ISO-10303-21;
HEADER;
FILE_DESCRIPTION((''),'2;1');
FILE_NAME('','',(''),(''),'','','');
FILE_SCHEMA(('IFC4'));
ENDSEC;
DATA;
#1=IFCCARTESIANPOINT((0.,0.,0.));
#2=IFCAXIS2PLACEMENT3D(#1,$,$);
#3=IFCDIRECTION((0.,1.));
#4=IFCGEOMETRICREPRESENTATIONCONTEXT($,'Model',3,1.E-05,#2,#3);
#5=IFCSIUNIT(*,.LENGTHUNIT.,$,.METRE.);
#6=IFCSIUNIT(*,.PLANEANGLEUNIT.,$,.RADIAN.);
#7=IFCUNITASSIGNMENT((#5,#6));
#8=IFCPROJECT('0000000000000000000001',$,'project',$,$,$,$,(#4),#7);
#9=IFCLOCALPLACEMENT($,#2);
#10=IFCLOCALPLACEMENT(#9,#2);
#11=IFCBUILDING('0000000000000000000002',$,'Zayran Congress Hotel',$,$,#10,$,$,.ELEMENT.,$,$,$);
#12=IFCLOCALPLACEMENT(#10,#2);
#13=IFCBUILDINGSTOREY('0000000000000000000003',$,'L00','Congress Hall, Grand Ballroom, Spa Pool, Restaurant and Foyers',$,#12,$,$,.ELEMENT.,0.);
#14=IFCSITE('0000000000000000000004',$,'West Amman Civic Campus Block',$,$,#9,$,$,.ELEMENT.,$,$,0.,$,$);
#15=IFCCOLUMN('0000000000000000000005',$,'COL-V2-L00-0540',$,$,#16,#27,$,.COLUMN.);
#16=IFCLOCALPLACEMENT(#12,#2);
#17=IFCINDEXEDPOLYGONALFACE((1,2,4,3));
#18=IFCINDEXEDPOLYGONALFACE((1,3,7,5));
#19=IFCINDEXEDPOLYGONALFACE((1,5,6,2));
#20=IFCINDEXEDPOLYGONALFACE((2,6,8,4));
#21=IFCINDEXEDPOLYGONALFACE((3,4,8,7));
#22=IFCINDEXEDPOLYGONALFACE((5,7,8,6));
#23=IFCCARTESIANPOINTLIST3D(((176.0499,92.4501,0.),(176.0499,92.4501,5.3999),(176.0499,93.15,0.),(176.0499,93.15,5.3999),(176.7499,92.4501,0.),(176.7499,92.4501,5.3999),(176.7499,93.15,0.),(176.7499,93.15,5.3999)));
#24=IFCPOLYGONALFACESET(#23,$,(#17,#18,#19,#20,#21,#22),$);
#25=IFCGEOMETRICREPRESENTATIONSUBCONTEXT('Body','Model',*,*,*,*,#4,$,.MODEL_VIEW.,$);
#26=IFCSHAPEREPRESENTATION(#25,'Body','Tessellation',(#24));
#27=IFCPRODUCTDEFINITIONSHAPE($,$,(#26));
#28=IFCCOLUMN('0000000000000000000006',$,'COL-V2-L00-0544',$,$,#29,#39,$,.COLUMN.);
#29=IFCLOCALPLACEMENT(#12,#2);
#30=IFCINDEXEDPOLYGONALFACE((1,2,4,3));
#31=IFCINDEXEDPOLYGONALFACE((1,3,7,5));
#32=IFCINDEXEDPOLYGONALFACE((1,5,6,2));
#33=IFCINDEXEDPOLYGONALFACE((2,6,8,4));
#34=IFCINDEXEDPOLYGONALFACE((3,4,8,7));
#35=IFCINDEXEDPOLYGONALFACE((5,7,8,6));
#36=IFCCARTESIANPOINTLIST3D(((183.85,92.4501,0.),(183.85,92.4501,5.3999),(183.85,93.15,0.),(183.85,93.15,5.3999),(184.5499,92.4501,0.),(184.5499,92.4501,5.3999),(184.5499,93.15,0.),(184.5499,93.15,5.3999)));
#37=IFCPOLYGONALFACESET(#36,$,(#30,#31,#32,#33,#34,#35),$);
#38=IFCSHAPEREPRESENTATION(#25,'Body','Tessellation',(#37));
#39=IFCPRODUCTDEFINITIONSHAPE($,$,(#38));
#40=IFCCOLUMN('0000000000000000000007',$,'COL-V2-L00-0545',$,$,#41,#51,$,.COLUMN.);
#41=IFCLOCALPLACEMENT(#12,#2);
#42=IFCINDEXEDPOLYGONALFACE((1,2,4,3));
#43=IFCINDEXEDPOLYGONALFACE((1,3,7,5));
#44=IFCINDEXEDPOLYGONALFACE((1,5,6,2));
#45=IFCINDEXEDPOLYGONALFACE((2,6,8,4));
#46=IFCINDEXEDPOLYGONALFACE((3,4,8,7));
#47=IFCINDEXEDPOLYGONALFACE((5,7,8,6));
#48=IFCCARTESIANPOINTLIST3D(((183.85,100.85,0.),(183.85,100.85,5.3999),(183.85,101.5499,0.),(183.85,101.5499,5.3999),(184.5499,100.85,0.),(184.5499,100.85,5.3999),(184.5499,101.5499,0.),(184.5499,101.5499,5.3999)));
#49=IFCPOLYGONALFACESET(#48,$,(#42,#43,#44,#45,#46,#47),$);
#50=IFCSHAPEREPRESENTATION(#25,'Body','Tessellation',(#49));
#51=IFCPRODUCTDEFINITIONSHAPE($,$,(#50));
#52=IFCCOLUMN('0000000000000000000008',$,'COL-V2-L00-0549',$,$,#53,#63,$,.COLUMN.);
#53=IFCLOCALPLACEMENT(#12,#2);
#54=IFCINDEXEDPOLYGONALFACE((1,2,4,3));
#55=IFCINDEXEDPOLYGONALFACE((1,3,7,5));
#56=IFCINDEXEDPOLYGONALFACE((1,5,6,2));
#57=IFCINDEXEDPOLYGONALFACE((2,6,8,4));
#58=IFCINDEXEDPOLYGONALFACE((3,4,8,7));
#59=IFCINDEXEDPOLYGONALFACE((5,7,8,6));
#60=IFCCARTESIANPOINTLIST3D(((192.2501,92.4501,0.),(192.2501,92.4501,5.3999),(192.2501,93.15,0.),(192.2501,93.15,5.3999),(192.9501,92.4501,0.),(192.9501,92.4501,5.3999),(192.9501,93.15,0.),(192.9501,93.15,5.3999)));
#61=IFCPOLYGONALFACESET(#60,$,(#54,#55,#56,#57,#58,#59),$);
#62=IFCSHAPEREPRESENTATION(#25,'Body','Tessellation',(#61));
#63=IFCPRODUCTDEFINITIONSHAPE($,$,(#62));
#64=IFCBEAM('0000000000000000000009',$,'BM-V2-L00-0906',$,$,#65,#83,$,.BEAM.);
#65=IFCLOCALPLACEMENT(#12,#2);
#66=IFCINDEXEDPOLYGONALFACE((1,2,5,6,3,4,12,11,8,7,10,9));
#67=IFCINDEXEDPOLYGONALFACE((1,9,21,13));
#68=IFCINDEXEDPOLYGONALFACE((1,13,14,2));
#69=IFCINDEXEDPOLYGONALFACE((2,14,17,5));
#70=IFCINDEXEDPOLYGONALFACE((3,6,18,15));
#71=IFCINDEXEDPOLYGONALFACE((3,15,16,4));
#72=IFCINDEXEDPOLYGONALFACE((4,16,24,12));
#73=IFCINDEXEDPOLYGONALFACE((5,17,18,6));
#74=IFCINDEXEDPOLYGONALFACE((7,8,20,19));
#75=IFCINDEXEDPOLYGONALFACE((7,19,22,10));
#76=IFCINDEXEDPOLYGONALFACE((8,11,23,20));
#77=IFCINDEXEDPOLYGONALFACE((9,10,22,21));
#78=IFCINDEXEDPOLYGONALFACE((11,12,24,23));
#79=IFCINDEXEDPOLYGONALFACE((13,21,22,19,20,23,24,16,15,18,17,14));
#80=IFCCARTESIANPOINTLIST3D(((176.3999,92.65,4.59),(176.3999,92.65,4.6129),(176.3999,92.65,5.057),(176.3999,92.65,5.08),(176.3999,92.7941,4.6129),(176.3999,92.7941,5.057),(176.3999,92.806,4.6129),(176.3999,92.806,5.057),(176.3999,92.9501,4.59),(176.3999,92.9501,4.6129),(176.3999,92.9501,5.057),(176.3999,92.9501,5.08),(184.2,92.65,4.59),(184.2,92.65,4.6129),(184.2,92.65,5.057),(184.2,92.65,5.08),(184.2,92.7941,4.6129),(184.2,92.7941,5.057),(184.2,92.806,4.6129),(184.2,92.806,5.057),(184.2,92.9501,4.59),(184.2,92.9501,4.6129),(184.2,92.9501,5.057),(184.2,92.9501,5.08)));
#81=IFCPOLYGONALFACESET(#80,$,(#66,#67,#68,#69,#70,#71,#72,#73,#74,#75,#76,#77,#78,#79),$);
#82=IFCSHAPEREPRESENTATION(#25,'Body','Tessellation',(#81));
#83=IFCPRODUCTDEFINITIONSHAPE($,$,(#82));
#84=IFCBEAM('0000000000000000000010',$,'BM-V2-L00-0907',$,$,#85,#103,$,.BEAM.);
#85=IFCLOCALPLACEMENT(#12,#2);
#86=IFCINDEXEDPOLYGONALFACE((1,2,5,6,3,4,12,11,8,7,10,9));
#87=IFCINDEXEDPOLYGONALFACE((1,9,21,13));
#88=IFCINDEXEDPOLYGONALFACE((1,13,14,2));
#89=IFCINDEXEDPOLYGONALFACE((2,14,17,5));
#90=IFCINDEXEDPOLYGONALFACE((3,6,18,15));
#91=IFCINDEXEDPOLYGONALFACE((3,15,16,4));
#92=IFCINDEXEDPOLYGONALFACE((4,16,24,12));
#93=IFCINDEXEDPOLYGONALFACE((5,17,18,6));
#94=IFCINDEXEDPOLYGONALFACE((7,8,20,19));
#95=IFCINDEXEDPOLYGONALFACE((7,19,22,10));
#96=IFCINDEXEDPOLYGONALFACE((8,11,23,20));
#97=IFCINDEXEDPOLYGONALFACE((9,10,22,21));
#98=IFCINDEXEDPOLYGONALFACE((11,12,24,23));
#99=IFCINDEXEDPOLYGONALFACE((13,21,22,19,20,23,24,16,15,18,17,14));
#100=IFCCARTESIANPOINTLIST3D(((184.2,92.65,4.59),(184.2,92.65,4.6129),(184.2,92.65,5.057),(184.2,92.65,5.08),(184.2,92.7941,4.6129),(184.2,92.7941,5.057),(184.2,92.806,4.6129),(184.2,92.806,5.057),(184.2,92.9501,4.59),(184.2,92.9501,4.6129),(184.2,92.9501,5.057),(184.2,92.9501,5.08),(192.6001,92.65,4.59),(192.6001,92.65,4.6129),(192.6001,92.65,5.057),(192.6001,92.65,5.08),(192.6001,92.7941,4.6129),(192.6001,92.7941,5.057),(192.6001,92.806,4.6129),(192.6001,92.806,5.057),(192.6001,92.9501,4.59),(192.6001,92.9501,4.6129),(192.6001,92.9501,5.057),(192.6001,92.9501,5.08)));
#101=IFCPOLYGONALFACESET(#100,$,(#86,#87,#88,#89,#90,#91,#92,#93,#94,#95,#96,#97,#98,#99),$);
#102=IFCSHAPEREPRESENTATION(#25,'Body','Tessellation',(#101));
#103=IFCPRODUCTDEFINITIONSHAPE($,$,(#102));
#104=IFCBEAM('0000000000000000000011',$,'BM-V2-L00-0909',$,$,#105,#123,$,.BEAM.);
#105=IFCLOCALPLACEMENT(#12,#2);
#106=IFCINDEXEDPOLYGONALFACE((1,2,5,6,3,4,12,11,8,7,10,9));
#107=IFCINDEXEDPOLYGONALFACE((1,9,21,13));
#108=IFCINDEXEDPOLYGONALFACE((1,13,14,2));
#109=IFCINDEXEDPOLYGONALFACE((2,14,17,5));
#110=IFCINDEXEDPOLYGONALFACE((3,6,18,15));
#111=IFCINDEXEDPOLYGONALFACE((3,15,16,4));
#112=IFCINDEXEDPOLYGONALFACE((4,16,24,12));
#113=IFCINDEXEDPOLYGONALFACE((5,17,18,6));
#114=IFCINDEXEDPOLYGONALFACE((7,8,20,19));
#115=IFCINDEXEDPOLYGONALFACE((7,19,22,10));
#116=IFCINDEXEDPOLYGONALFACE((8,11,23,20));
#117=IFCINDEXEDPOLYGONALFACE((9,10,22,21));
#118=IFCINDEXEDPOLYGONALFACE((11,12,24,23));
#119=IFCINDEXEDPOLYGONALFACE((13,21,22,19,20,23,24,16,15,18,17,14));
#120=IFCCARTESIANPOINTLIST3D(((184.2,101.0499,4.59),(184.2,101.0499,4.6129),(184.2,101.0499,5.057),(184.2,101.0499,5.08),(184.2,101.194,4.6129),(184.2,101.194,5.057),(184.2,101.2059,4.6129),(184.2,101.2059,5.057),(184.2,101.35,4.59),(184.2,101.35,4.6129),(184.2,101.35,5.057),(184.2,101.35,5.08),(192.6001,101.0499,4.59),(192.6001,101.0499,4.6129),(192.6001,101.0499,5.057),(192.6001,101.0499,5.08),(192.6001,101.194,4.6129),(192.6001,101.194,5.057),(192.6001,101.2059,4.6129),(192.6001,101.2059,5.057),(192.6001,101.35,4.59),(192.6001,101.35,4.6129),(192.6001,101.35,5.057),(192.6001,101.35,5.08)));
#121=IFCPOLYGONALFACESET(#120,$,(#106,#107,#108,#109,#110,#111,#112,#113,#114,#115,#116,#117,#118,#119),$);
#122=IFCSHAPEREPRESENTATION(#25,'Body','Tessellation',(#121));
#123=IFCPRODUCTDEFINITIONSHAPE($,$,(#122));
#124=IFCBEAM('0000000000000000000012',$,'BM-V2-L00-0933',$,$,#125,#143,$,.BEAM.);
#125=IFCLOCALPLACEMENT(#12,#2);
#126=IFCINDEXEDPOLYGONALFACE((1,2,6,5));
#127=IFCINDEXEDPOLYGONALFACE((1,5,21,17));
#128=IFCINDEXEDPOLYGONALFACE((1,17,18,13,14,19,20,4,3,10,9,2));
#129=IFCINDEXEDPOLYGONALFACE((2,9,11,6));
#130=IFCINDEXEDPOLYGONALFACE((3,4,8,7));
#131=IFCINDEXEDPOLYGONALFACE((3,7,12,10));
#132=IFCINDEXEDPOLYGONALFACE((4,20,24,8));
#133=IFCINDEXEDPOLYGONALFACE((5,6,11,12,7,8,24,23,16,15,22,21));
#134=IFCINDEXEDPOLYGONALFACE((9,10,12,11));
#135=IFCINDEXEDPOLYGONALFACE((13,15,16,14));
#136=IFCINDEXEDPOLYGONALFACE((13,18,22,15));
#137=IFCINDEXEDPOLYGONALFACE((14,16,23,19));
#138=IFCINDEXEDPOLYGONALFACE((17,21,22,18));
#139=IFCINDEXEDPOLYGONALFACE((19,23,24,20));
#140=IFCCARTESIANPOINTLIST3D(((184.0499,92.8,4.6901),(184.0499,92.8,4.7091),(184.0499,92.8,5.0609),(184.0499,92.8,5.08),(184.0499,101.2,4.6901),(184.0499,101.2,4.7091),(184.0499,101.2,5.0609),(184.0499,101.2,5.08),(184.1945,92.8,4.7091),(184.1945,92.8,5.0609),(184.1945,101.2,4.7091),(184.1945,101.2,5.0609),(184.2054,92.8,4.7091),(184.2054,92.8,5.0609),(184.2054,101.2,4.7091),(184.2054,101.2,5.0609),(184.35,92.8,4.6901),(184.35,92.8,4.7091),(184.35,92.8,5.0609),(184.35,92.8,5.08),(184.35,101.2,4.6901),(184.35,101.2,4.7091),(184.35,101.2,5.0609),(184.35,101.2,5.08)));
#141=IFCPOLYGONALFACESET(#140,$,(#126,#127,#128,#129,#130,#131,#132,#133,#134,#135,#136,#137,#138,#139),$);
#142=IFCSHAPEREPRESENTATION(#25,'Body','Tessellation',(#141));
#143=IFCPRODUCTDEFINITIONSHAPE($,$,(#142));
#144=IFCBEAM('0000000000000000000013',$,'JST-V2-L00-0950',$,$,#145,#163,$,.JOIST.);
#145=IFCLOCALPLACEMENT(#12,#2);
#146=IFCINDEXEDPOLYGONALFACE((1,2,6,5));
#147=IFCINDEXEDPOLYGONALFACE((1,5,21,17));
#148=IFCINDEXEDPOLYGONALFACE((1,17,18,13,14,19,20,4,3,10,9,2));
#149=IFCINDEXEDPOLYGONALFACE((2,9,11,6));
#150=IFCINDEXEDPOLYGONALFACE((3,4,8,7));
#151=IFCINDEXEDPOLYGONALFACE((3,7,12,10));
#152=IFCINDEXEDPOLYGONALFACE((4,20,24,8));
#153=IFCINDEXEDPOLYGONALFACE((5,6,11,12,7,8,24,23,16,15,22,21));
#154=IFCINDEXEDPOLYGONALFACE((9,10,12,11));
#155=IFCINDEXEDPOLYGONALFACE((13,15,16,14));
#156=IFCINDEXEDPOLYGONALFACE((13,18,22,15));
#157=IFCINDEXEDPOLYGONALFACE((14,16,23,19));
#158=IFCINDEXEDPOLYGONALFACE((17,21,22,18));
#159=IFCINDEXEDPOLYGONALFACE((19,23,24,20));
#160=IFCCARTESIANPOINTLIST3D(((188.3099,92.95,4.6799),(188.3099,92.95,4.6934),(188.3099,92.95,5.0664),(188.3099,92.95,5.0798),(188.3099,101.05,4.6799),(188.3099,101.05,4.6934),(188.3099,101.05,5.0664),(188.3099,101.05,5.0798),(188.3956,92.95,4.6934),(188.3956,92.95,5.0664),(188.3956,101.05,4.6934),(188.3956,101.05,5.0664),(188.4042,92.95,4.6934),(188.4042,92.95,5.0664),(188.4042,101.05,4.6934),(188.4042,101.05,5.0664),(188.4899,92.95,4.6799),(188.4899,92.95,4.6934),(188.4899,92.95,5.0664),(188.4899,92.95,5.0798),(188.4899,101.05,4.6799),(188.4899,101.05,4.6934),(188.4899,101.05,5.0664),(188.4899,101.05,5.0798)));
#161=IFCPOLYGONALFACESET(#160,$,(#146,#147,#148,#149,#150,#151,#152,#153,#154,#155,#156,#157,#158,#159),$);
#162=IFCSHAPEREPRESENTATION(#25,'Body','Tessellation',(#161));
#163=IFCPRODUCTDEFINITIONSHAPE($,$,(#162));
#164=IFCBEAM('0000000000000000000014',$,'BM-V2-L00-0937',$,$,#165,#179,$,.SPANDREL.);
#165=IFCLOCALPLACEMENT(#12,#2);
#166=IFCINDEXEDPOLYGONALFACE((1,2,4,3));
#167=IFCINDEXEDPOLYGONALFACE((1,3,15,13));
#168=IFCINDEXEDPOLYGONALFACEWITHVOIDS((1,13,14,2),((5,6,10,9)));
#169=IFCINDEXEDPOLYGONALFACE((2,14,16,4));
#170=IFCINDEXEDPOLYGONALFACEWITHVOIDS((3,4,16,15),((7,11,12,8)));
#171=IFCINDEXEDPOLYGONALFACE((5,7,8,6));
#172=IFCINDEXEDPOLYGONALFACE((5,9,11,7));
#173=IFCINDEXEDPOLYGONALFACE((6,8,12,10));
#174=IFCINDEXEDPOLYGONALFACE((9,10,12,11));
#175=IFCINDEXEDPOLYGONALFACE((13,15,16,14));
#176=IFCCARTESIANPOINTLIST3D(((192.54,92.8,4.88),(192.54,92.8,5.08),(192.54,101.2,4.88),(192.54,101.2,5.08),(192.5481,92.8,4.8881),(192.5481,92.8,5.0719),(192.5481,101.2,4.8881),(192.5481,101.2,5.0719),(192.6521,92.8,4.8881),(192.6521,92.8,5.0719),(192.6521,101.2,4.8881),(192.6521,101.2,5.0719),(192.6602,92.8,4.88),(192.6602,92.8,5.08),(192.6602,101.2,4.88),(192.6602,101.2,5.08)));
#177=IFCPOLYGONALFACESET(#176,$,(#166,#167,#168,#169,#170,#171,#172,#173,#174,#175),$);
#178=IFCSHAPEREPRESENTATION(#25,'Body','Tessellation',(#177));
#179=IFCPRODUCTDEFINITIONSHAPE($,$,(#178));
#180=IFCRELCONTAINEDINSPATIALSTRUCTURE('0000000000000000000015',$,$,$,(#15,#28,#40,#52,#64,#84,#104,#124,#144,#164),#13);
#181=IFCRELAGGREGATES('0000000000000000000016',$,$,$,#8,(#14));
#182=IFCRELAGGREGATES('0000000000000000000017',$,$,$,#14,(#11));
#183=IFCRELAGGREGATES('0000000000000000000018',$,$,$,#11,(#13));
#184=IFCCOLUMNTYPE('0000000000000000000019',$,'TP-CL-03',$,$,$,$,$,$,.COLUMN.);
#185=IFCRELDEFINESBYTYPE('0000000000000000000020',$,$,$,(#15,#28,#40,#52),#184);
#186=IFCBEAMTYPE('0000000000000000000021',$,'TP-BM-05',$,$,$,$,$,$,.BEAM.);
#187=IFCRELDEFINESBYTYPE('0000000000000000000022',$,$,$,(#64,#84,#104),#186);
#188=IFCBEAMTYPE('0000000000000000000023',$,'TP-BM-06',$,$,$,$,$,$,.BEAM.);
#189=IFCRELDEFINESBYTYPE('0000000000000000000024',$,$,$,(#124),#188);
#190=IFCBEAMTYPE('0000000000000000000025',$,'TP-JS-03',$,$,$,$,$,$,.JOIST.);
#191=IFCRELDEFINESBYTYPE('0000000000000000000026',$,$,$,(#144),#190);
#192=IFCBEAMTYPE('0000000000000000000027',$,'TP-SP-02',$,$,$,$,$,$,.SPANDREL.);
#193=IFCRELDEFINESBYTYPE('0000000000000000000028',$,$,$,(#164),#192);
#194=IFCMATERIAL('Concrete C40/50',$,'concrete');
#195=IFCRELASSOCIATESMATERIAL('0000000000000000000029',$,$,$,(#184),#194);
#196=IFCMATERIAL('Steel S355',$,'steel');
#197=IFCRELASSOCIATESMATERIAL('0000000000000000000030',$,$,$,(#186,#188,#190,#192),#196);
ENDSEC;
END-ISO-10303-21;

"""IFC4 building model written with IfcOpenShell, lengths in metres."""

from ifc_helpers import new_model, si_unit, direction, frame, origin, origin_2d, place, context, subcontext, project, spatial, rectangle, hollow_rectangle, i_section, extrude, material, material_profile, profile_set, type_object, element, save


model = new_model("IFC4")

# Units and contexts
model_context = context("Model", 3, precision=1e-05, world=origin(), true_north=direction((0.0, 1.0)))
body_context = subcontext(model_context, "Body", "Model", "MODEL_VIEW")
ifc_project = project(units=[si_unit("LENGTHUNIT", "METRE"), si_unit("PLANEANGLEUNIT", "RADIAN")], contexts=[model_context])

# Site, building, storey
site_placement = place(None, origin())
site = spatial("IfcSite", under=ifc_project, at=site_placement, Name="West Amman Civic Campus Block", CompositionType="ELEMENT", RefElevation=0.0)
building_placement = place(site_placement, origin())
building = spatial("IfcBuilding", under=site, at=building_placement, Name="Zayran Congress Hotel", CompositionType="ELEMENT")
storey_placement = place(building_placement, origin())
storey = spatial("IfcBuildingStorey", under=building, at=storey_placement, Name="L00", Description="Congress Hall, Grand Ballroom, Spa Pool, Restaurant and Foyers", CompositionType="ELEMENT", Elevation=0.0)

# Columns
ifc_material_1 = material(Name="Concrete C40/50", Category="concrete")
ifc_material_profile_1 = material_profile(ifc_material_1, rectangle(XDim=0.7, YDim=0.7, at=origin_2d()), Name="RC 700x700")
ifc_profile_set_1 = profile_set([ifc_material_profile_1], Name="Concrete C40/50")
column_type = type_object("IfcColumnType", Name="TP-CL-03", PredefinedType="COLUMN", material=ifc_profile_set_1)
for number, where, z_axis, x_axis, name in (
    (1, (176.3999, 92.8, 0.0), (0.0, 0.0, 1.0), (1.0, 0.0, 0.0), "COL-V2-L00-0540"),
    (2, (184.2, 92.8, 0.0), (0.0, 0.0, 1.0), (1.0, 0.0, 0.0), "COL-V2-L00-0544"),
    (3, (184.2, 101.2, 0.0), (0.0, 0.0, 1.0), (1.0, 0.0, 0.0), "COL-V2-L00-0545"),
    (4, (192.6001, 92.8, 0.0), (0.0, 0.0, 1.0), (1.0, 0.0, 0.0), "COL-V2-L00-0549"),
):
    element("IfcColumn", number, at=place(storey_placement, frame(where, z_axis=z_axis, x_axis=x_axis)), inside=storey, type_object=column_type, Name=name, PredefinedType="COLUMN", context=body_context, shape_type="SweptSolid", body=[
        extrude(rectangle(XDim=0.7, YDim=0.7, at=origin_2d()), origin(), (0.0, 0.0, 1.0), 5.3999),
    ])

# Beams
ifc_material_2 = material(Name="Steel S355", Category="steel")
ifc_material_profile_2 = material_profile(ifc_material_2, i_section(OverallWidth=0.3, OverallDepth=0.49, WebThickness=0.012, FlangeThickness=0.0229, at=origin_2d()), Name="HEA 500")
ifc_profile_set_2 = profile_set([ifc_material_profile_2], Name="Steel S355")
beam_type_1 = type_object("IfcBeamType", Name="TP-BM-05", PredefinedType="BEAM", material=ifc_profile_set_2)
beam_1_placement = place(storey_placement, frame((176.3999, 92.8, 4.835), z_axis=(1.0, 0.0, 0.0), x_axis=(0.0, 1.0, 0.0)))
element("IfcBeam", 5, at=beam_1_placement, inside=storey, type_object=beam_type_1, Name="BM-V2-L00-0906", PredefinedType="BEAM", context=body_context, shape_type="SweptSolid", body=[
    extrude(i_section(OverallWidth=0.3, OverallDepth=0.49, WebThickness=0.012, FlangeThickness=0.0229, at=origin_2d()), origin(), (0.0, 0.0, 1.0), 7.8),
])
for number, where, z_axis, x_axis, name in (
    (6, (184.2, 92.8, 4.835), (1.0, 0.0, 0.0), (0.0, 1.0, 0.0), "BM-V2-L00-0907"),
    (7, (184.2, 101.2, 4.835), (1.0, 0.0, 0.0), (0.0, 1.0, 0.0), "BM-V2-L00-0909"),
):
    element("IfcBeam", number, at=place(storey_placement, frame(where, z_axis=z_axis, x_axis=x_axis)), inside=storey, type_object=beam_type_1, Name=name, PredefinedType="BEAM", context=body_context, shape_type="SweptSolid", body=[
        extrude(i_section(OverallWidth=0.3, OverallDepth=0.49, WebThickness=0.012, FlangeThickness=0.0229, at=origin_2d()), origin(), (0.0, 0.0, 1.0), 8.4001),
    ])
ifc_material_profile_3 = material_profile(ifc_material_2, i_section(OverallWidth=0.3, OverallDepth=0.3899, WebThickness=0.011, FlangeThickness=0.019, at=origin_2d()), Name="HEA 400")
ifc_profile_set_3 = profile_set([ifc_material_profile_3], Name="Steel S355")
beam_type_2 = type_object("IfcBeamType", Name="TP-BM-06", PredefinedType="BEAM", material=ifc_profile_set_3)
beam_2_placement = place(storey_placement, frame((184.2, 92.8, 4.885), z_axis=(0.0, 1.0, 0.0), x_axis=(-1.0, 0.0, 0.0)))
element("IfcBeam", 8, at=beam_2_placement, inside=storey, type_object=beam_type_2, Name="BM-V2-L00-0933", PredefinedType="BEAM", context=body_context, shape_type="SweptSolid", body=[
    extrude(i_section(OverallWidth=0.3, OverallDepth=0.3899, WebThickness=0.011, FlangeThickness=0.019, at=origin_2d()), origin(), (0.0, 0.0, 1.0), 8.3999),
])
ifc_material_profile_4 = material_profile(ifc_material_2, i_section(OverallWidth=0.1799, OverallDepth=0.3999, WebThickness=0.0085, FlangeThickness=0.0134, at=origin_2d()), Name="IPE 400")
ifc_profile_set_4 = profile_set([ifc_material_profile_4], Name="Steel S355")
beam_type_3 = type_object("IfcBeamType", Name="TP-JS-03", PredefinedType="JOIST", material=ifc_profile_set_4)
beam_3_placement = place(storey_placement, frame((188.3999, 92.95, 4.8799), z_axis=(0.0, 1.0, 0.0), x_axis=(-1.0, 0.0, 0.0)))
element("IfcBeam", 9, at=beam_3_placement, inside=storey, type_object=beam_type_3, Name="JST-V2-L00-0950", PredefinedType="JOIST", context=body_context, shape_type="SweptSolid", body=[
    extrude(i_section(OverallWidth=0.1799, OverallDepth=0.3999, WebThickness=0.0085, FlangeThickness=0.0134, at=origin_2d()), origin(), (0.0, 0.0, 1.0), 8.1001),
])
ifc_material_profile_5 = material_profile(ifc_material_2, hollow_rectangle(XDim=0.1201, YDim=0.2, WallThickness=0.0081, at=origin_2d()), Name="RHS 200x120x8")
ifc_profile_set_5 = profile_set([ifc_material_profile_5], Name="Steel S355")
beam_type_4 = type_object("IfcBeamType", Name="TP-SP-02", PredefinedType="SPANDREL", material=ifc_profile_set_5)
beam_4_placement = place(storey_placement, frame((192.6001, 92.8, 4.98), z_axis=(0.0, 1.0, 0.0), x_axis=(-1.0, 0.0, 0.0)))
element("IfcBeam", 10, at=beam_4_placement, inside=storey, type_object=beam_type_4, Name="BM-V2-L00-0937", PredefinedType="SPANDREL", context=body_context, shape_type="SweptSolid", body=[
    extrude(hollow_rectangle(XDim=0.1201, YDim=0.2, WallThickness=0.0081, at=origin_2d()), origin(), (0.0, 0.0, 1.0), 8.3999),
])

save(model, "model.ifc")
